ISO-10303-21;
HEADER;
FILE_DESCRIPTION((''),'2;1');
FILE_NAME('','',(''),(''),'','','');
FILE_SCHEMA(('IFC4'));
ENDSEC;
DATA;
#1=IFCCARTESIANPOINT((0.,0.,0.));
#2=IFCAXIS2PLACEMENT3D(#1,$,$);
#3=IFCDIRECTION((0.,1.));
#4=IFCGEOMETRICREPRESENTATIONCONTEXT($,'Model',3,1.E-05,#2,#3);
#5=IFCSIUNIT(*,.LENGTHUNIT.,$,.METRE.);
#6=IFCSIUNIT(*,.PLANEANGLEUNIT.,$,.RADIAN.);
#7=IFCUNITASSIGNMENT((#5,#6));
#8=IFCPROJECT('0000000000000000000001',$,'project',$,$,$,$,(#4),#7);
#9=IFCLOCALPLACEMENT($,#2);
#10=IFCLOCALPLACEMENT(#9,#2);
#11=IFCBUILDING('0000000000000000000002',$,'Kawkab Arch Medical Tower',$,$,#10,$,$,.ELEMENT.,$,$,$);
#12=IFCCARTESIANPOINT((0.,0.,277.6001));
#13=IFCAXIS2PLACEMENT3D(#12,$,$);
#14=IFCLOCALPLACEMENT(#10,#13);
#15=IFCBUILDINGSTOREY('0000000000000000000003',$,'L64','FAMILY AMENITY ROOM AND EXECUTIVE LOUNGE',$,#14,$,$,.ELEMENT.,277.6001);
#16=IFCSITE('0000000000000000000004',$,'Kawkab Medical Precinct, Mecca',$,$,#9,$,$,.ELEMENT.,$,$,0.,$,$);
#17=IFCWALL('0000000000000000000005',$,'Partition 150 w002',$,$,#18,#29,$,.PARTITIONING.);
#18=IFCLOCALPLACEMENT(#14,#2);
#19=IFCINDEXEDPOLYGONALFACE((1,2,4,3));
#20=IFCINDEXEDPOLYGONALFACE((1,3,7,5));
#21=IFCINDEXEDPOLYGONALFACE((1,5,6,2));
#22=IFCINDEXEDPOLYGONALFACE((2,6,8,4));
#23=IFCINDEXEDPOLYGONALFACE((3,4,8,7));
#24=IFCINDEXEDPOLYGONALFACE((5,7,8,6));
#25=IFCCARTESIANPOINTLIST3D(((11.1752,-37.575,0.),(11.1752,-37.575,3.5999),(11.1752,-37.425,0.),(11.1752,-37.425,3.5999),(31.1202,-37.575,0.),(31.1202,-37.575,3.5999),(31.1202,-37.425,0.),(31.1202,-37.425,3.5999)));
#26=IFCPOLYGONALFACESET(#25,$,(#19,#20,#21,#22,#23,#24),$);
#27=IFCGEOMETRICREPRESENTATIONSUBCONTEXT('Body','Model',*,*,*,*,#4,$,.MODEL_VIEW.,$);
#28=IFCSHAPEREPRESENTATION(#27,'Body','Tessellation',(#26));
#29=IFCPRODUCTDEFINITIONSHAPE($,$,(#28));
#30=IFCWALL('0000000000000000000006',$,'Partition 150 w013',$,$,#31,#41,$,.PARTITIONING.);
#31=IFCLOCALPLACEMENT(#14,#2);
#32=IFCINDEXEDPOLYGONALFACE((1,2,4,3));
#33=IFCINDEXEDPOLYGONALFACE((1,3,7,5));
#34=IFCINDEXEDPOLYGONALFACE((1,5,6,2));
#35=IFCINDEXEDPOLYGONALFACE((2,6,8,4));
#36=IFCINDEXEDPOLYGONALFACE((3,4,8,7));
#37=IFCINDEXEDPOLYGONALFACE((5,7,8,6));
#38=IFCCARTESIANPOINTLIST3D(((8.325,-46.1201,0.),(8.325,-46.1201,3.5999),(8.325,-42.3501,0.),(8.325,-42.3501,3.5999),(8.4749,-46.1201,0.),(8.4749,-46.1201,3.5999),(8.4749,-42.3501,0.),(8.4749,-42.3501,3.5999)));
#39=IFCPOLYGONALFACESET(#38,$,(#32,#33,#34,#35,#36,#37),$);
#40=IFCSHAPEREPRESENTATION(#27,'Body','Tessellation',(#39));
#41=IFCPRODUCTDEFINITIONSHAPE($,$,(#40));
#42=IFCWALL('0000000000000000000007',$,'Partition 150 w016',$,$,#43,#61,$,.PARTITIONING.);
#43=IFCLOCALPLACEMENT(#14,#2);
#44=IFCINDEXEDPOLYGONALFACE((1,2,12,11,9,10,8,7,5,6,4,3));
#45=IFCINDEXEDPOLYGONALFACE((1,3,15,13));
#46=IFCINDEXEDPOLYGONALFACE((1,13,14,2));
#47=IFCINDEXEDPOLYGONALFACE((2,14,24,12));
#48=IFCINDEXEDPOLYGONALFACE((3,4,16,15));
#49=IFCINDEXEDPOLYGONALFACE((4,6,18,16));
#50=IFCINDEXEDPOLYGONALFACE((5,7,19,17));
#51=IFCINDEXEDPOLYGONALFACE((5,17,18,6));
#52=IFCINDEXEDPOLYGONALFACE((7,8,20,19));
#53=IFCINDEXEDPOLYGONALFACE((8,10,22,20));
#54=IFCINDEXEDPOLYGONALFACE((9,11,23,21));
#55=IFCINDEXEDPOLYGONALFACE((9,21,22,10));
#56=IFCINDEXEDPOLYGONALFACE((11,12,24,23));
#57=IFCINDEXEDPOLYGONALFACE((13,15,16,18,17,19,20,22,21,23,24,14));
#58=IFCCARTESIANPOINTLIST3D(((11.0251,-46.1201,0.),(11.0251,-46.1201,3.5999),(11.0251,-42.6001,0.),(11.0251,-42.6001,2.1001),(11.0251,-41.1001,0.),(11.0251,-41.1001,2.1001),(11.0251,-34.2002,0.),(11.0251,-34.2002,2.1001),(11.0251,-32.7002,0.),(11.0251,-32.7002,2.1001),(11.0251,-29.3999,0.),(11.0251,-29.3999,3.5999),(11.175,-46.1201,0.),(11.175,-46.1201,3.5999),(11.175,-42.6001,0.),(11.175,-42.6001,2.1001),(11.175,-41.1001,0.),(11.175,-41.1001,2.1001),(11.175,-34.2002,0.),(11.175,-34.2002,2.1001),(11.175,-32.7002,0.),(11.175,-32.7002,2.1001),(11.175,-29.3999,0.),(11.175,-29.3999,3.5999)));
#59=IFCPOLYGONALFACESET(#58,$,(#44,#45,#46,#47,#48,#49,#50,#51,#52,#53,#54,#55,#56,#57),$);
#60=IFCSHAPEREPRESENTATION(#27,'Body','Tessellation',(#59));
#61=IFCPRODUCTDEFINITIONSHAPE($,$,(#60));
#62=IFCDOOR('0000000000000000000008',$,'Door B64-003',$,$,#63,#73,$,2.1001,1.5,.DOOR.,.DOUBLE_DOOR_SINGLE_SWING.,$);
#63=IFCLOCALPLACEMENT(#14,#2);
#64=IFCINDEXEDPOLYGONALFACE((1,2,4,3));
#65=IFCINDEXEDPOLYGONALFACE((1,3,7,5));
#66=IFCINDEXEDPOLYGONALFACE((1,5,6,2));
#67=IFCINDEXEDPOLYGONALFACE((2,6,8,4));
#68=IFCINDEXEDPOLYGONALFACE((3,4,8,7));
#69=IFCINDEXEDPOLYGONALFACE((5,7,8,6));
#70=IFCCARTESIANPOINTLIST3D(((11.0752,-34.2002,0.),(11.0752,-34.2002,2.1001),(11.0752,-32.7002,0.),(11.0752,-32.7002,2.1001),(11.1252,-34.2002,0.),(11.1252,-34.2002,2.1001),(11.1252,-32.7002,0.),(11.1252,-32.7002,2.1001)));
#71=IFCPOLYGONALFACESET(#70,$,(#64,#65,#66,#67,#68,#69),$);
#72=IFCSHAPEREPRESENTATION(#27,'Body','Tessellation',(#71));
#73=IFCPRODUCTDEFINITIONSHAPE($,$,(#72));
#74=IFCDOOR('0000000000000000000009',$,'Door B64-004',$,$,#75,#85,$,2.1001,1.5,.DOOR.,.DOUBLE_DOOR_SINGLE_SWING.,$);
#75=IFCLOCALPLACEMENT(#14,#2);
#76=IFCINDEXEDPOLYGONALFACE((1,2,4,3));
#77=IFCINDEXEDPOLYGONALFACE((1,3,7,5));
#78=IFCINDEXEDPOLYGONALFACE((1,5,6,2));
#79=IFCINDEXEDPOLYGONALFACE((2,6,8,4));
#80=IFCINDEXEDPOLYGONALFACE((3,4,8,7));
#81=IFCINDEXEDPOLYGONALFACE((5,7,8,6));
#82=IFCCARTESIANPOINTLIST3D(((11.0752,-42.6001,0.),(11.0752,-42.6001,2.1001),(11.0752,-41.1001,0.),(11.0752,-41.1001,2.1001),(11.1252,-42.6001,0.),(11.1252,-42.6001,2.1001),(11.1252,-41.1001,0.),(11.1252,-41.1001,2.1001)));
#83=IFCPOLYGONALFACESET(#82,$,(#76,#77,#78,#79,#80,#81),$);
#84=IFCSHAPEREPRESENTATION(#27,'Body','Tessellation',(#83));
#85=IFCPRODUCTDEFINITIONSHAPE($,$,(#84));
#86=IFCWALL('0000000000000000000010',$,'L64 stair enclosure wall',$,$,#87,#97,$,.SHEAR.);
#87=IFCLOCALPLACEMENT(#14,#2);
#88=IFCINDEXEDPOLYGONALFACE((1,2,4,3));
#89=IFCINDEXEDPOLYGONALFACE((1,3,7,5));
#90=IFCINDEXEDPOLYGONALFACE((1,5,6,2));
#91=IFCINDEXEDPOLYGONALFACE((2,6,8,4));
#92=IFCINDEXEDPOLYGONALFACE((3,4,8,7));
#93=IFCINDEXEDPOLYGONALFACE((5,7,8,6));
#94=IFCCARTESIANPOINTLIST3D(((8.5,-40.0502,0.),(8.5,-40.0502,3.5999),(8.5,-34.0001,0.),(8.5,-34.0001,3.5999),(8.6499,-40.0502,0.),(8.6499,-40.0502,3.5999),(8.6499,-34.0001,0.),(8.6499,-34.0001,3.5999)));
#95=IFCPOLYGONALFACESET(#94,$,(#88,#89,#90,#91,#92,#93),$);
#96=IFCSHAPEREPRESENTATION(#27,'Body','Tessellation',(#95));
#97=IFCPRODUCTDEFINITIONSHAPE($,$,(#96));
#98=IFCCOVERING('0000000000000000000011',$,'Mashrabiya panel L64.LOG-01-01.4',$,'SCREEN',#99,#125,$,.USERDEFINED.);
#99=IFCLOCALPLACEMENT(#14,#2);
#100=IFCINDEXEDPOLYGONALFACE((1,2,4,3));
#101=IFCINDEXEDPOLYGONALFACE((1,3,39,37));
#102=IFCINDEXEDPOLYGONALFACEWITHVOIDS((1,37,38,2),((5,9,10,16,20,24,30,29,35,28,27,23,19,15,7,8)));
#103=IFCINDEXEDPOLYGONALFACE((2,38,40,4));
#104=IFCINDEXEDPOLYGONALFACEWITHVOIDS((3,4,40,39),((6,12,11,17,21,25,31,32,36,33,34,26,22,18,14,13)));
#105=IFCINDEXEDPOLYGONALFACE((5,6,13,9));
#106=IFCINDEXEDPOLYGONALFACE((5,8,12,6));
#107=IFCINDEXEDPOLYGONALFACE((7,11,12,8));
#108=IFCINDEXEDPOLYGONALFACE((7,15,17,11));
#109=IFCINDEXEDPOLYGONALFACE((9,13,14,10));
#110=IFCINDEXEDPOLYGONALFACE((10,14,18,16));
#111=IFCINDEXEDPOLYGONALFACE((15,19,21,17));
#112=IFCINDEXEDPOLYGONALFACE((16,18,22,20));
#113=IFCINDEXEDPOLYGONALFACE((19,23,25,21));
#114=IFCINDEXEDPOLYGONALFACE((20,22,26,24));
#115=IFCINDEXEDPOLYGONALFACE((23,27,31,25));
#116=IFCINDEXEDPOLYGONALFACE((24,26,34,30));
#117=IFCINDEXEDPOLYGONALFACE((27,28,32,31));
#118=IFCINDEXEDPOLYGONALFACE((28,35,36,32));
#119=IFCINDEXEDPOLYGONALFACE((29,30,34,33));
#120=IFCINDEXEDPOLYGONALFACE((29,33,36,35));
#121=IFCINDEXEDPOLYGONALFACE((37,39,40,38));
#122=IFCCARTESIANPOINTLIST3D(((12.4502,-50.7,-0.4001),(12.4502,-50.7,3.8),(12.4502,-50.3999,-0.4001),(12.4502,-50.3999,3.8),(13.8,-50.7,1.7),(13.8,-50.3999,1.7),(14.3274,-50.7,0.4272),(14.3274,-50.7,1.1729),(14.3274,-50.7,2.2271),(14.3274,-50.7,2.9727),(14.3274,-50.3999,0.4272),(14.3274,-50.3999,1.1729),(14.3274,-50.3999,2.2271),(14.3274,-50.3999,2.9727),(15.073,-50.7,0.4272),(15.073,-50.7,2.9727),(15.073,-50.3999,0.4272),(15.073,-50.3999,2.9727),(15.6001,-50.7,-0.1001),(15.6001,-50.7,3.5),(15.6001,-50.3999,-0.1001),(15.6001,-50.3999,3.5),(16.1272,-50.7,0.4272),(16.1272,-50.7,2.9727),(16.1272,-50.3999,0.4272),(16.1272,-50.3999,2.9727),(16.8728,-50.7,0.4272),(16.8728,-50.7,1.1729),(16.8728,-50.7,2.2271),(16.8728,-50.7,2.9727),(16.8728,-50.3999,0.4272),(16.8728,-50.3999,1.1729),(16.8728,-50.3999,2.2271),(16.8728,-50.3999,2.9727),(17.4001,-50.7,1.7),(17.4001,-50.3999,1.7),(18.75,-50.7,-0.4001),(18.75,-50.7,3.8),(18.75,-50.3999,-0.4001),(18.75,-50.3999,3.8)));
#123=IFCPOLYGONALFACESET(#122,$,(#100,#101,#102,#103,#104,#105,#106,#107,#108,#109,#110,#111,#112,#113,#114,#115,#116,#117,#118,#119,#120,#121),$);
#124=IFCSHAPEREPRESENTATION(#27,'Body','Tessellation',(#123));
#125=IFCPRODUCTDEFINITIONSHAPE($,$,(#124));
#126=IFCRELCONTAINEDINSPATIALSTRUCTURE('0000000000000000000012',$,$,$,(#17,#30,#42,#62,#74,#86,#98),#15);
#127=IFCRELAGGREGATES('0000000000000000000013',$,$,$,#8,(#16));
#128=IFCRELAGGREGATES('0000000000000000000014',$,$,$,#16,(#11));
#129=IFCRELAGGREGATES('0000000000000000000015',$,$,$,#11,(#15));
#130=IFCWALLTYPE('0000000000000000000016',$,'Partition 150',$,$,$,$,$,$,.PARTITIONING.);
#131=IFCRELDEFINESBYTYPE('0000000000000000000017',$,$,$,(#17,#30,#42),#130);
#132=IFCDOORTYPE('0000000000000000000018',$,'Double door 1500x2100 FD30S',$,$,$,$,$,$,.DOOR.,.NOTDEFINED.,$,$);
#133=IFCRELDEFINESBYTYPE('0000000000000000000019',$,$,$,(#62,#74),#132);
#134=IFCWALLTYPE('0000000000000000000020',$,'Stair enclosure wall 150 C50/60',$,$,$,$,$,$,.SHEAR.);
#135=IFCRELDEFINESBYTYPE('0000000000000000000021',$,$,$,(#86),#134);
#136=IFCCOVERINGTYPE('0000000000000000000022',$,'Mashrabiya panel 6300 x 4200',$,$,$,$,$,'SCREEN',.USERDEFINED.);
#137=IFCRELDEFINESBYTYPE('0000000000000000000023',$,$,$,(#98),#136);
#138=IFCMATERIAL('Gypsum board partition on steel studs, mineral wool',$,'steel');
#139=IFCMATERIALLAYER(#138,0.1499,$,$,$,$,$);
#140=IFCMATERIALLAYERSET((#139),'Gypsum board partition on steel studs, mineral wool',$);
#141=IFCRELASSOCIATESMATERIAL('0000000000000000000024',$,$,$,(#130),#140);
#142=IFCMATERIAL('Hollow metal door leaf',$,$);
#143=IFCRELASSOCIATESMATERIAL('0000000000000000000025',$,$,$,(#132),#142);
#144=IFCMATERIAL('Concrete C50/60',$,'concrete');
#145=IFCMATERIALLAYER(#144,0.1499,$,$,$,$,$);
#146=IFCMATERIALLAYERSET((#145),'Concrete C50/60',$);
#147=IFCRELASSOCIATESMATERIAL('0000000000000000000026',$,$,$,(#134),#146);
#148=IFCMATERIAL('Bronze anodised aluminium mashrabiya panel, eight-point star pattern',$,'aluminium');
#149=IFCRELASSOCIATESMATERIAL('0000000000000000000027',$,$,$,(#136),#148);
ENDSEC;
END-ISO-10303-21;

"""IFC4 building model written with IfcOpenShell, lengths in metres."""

from ifc_helpers import new_model, si_unit, direction, frame, frame_2d, origin, place, context, subcontext, project, spatial, polyline, rectangle, outline, extrude, material, layer, layer_set, material_profile, profile_set, type_object, element, fill, save


model = new_model("IFC4")

# Units and contexts
model_context = context("Model", 3, precision=1e-05, world=origin(), true_north=direction((0.0, 1.0)))
body_context = subcontext(model_context, "Body", "Model", "MODEL_VIEW")
ifc_project = project(units=[si_unit("LENGTHUNIT", "METRE"), si_unit("PLANEANGLEUNIT", "RADIAN")], contexts=[model_context])

# Site, building, storey
site_placement = place(None, origin())
site = spatial("IfcSite", under=ifc_project, at=site_placement, Name="Kawkab Medical Precinct, Mecca", CompositionType="ELEMENT", RefElevation=0.0)
building_placement = place(site_placement, origin())
building = spatial("IfcBuilding", under=site, at=building_placement, Name="Kawkab Arch Medical Tower", CompositionType="ELEMENT")
storey_placement = place(building_placement, frame((0.0, 0.0, 277.6001)))
storey = spatial("IfcBuildingStorey", under=building, at=storey_placement, Name="L64", Description="FAMILY AMENITY ROOM AND EXECUTIVE LOUNGE", CompositionType="ELEMENT", Elevation=277.6001)

# Walls
ifc_material_1 = material(Name="Gypsum board partition on steel studs, mineral wool", Category="steel")
ifc_layer_1 = layer(ifc_material_1, 0.1499)
ifc_layer_set_1 = layer_set([ifc_layer_1], Name="Gypsum board partition on steel studs, mineral wool")
wall_type_1 = type_object("IfcWallType", Name="Partition 150", PredefinedType="PARTITIONING", material=ifc_layer_set_1)
wall_1_placement = place(storey_placement, frame((11.175, -37.5, 0.0), z_axis=(0.0, 0.0, 1.0), x_axis=(1.0, 0.0, 0.0)))
element("IfcWall", 1, at=wall_1_placement, inside=storey, type_object=wall_type_1, Name="Partition 150 w002", PredefinedType="PARTITIONING", context=body_context, shape_type="SweptSolid", body=[
    extrude(rectangle(XDim=19.9451, YDim=0.1499, at=frame_2d((9.9727, 0.0))), origin(), (0.0, 0.0, 1.0), 3.5999),
])
wall_2_placement = place(storey_placement, frame((8.3999, -46.1201, 0.0), z_axis=(0.0, 0.0, 1.0), x_axis=(0.0, 1.0, 0.0)))
element("IfcWall", 2, at=wall_2_placement, inside=storey, type_object=wall_type_1, Name="Partition 150 w013", PredefinedType="PARTITIONING", context=body_context, shape_type="SweptSolid", body=[
    extrude(rectangle(XDim=3.77, YDim=0.1499, at=frame_2d((1.885, 0.0))), origin(), (0.0, 0.0, 1.0), 3.5999),
])

# Wall, openings, doors
wall_3_placement = place(storey_placement, frame((11.1001, -46.1201, 0.0), z_axis=(0.0, 0.0, 1.0), x_axis=(0.0, 1.0, 0.0)))
wall_3 = element("IfcWall", 3, at=wall_3_placement, inside=storey, type_object=wall_type_1, Name="Partition 150 w016", PredefinedType="PARTITIONING", context=body_context, shape_type="SweptSolid", body=[
    extrude(rectangle(XDim=16.7202, YDim=0.1499, at=frame_2d((8.3601, 0.0))), origin(), (0.0, 0.0, 1.0), 3.5999),
])
opening_1_placement = place(wall_3_placement, frame((11.9199, 0.0, 0.0)))
opening_1 = element("IfcOpeningElement", 4, at=opening_1_placement, cuts=wall_3, PredefinedType="OPENING", context=body_context, shape_type="SweptSolid", body=[
    extrude(rectangle(XDim=1.5, YDim=2.1001, at=frame_2d((0.75, 1.05))), frame((0.0, 0.085, 0.0), z_axis=(0.0, -1.0, 0.0), x_axis=(1.0, 0.0, 0.0)), (0.0, 0.0, 1.0), 0.1699),
])
opening_2_placement = place(wall_3_placement, frame((3.52, 0.0, 0.0)))
opening_2 = element("IfcOpeningElement", 5, at=opening_2_placement, cuts=wall_3, PredefinedType="OPENING", context=body_context, shape_type="SweptSolid", body=[
    extrude(rectangle(XDim=1.5, YDim=2.1001, at=frame_2d((0.75, 1.05))), frame((0.0, 0.085, 0.0), z_axis=(0.0, -1.0, 0.0), x_axis=(1.0, 0.0, 0.0)), (0.0, 0.0, 1.0), 0.1699),
])
ifc_material_2 = material(Name="Hollow metal door leaf")
door_type_1 = type_object("IfcDoorType", Name="Double door 1500x2100 FD30S", OperationType="NOTDEFINED", PredefinedType="DOOR", material=ifc_material_2)
door_1_placement = place(opening_1_placement, origin())
door_1 = element("IfcDoor", 6, at=door_1_placement, inside=storey, type_object=door_type_1, Name="Door B64-003", OperationType="DOUBLE_DOOR_SINGLE_SWING", OverallHeight=2.1001, OverallWidth=1.5, PredefinedType="DOOR", context=body_context, shape_type="SweptSolid", body=[
    extrude(rectangle(XDim=1.5, YDim=2.1001, at=frame_2d((0.75, 1.05))), frame((0.0, 0.0249, 0.0), z_axis=(0.0, -1.0, 0.0), x_axis=(1.0, 0.0, 0.0)), (0.0, 0.0, 1.0), 0.05),
])
fill(opening_1, door_1)
door_2_placement = place(opening_2_placement, origin())
door_2 = element("IfcDoor", 7, at=door_2_placement, inside=storey, type_object=door_type_1, Name="Door B64-004", OperationType="DOUBLE_DOOR_SINGLE_SWING", OverallHeight=2.1001, OverallWidth=1.5, PredefinedType="DOOR", context=body_context, shape_type="SweptSolid", body=[
    extrude(rectangle(XDim=1.5, YDim=2.1001, at=frame_2d((0.75, 1.05))), frame((0.0, 0.0249, 0.0), z_axis=(0.0, -1.0, 0.0), x_axis=(1.0, 0.0, 0.0)), (0.0, 0.0, 1.0), 0.05),
])
fill(opening_2, door_2)

# Wall
ifc_material_3 = material(Name="Concrete C50/60", Category="concrete")
ifc_layer_2 = layer(ifc_material_3, 0.1499)
ifc_layer_set_2 = layer_set([ifc_layer_2], Name="Concrete C50/60")
wall_type_2 = type_object("IfcWallType", Name="Stair enclosure wall 150 C50/60", PredefinedType="SHEAR", material=ifc_layer_set_2)
wall_4_placement = place(storey_placement, frame((8.575, -40.05, 0.0), z_axis=(0.0, 0.0, 1.0), x_axis=(0.0, 1.0, 0.0)))
element("IfcWall", 8, at=wall_4_placement, inside=storey, type_object=wall_type_2, Name="L64 stair enclosure wall", PredefinedType="SHEAR", context=body_context, shape_type="SweptSolid", body=[
    extrude(rectangle(XDim=6.05, YDim=0.1499, at=frame_2d((3.0249, 0.0))), origin(), (0.0, 0.0, 1.0), 3.5999),
])

# Covering
ifc_material_4 = material(Name="Bronze anodised aluminium mashrabiya panel, eight-point star pattern", Category="aluminium")
ifc_material_profile_1 = material_profile(ifc_material_4, outline(polyline([(-3.1499, -2.1001), (3.1499, -2.1001), (3.1499, 2.1001), (-3.1499, 2.1001), (-3.1499, -2.1001)]), holes=[polyline([(1.8, 0.0), (1.2727, 0.5271), (1.2727, 1.2727), (0.5271, 1.2727), (0.0, 1.8), (-0.5271, 1.2727), (-1.2727, 1.2727), (-1.2727, 0.5271), (-1.8, 0.0), (-1.2727, -0.5271), (-1.2727, -1.2727), (-0.5271, -1.2727), (0.0, -1.8), (0.5271, -1.2727), (1.2727, -1.2727), (1.2727, -0.5271), (1.8, 0.0)])]), Name="Mashrabiya panel 6300x4200")
ifc_profile_set_1 = profile_set([ifc_material_profile_1], Name="Bronze anodised aluminium mashrabiya panel, eight-point star pattern")
covering_type = type_object("IfcCoveringType", Name="Mashrabiya panel 6300 x 4200", ElementType="SCREEN", PredefinedType="USERDEFINED", material=ifc_profile_set_1)
covering_placement = place(storey_placement, frame((15.6001, -50.3999, 1.7), z_axis=(0.0, -1.0, 0.0), x_axis=(1.0, 0.0, 0.0)))
element("IfcCovering", 9, at=covering_placement, inside=storey, type_object=covering_type, Name="Mashrabiya panel L64.LOG-01-01.4", ObjectType="SCREEN", PredefinedType="USERDEFINED", context=body_context, shape_type="SweptSolid", body=[
    extrude(outline(polyline([(-3.1499, -2.1001), (3.1499, -2.1001), (3.1499, 2.1001), (-3.1499, 2.1001), (-3.1499, -2.1001)]), holes=[polyline([(1.8, 0.0), (1.2727, 0.5271), (1.2727, 1.2727), (0.5271, 1.2727), (0.0, 1.8), (-0.5271, 1.2727), (-1.2727, 1.2727), (-1.2727, 0.5271), (-1.8, 0.0), (-1.2727, -0.5271), (-1.2727, -1.2727), (-0.5271, -1.2727), (0.0, -1.8), (0.5271, -1.2727), (1.2727, -1.2727), (1.2727, -0.5271), (1.8, 0.0)])]), origin(), (0.0, 0.0, 1.0), 0.3),
])

save(model, "model.ifc")
